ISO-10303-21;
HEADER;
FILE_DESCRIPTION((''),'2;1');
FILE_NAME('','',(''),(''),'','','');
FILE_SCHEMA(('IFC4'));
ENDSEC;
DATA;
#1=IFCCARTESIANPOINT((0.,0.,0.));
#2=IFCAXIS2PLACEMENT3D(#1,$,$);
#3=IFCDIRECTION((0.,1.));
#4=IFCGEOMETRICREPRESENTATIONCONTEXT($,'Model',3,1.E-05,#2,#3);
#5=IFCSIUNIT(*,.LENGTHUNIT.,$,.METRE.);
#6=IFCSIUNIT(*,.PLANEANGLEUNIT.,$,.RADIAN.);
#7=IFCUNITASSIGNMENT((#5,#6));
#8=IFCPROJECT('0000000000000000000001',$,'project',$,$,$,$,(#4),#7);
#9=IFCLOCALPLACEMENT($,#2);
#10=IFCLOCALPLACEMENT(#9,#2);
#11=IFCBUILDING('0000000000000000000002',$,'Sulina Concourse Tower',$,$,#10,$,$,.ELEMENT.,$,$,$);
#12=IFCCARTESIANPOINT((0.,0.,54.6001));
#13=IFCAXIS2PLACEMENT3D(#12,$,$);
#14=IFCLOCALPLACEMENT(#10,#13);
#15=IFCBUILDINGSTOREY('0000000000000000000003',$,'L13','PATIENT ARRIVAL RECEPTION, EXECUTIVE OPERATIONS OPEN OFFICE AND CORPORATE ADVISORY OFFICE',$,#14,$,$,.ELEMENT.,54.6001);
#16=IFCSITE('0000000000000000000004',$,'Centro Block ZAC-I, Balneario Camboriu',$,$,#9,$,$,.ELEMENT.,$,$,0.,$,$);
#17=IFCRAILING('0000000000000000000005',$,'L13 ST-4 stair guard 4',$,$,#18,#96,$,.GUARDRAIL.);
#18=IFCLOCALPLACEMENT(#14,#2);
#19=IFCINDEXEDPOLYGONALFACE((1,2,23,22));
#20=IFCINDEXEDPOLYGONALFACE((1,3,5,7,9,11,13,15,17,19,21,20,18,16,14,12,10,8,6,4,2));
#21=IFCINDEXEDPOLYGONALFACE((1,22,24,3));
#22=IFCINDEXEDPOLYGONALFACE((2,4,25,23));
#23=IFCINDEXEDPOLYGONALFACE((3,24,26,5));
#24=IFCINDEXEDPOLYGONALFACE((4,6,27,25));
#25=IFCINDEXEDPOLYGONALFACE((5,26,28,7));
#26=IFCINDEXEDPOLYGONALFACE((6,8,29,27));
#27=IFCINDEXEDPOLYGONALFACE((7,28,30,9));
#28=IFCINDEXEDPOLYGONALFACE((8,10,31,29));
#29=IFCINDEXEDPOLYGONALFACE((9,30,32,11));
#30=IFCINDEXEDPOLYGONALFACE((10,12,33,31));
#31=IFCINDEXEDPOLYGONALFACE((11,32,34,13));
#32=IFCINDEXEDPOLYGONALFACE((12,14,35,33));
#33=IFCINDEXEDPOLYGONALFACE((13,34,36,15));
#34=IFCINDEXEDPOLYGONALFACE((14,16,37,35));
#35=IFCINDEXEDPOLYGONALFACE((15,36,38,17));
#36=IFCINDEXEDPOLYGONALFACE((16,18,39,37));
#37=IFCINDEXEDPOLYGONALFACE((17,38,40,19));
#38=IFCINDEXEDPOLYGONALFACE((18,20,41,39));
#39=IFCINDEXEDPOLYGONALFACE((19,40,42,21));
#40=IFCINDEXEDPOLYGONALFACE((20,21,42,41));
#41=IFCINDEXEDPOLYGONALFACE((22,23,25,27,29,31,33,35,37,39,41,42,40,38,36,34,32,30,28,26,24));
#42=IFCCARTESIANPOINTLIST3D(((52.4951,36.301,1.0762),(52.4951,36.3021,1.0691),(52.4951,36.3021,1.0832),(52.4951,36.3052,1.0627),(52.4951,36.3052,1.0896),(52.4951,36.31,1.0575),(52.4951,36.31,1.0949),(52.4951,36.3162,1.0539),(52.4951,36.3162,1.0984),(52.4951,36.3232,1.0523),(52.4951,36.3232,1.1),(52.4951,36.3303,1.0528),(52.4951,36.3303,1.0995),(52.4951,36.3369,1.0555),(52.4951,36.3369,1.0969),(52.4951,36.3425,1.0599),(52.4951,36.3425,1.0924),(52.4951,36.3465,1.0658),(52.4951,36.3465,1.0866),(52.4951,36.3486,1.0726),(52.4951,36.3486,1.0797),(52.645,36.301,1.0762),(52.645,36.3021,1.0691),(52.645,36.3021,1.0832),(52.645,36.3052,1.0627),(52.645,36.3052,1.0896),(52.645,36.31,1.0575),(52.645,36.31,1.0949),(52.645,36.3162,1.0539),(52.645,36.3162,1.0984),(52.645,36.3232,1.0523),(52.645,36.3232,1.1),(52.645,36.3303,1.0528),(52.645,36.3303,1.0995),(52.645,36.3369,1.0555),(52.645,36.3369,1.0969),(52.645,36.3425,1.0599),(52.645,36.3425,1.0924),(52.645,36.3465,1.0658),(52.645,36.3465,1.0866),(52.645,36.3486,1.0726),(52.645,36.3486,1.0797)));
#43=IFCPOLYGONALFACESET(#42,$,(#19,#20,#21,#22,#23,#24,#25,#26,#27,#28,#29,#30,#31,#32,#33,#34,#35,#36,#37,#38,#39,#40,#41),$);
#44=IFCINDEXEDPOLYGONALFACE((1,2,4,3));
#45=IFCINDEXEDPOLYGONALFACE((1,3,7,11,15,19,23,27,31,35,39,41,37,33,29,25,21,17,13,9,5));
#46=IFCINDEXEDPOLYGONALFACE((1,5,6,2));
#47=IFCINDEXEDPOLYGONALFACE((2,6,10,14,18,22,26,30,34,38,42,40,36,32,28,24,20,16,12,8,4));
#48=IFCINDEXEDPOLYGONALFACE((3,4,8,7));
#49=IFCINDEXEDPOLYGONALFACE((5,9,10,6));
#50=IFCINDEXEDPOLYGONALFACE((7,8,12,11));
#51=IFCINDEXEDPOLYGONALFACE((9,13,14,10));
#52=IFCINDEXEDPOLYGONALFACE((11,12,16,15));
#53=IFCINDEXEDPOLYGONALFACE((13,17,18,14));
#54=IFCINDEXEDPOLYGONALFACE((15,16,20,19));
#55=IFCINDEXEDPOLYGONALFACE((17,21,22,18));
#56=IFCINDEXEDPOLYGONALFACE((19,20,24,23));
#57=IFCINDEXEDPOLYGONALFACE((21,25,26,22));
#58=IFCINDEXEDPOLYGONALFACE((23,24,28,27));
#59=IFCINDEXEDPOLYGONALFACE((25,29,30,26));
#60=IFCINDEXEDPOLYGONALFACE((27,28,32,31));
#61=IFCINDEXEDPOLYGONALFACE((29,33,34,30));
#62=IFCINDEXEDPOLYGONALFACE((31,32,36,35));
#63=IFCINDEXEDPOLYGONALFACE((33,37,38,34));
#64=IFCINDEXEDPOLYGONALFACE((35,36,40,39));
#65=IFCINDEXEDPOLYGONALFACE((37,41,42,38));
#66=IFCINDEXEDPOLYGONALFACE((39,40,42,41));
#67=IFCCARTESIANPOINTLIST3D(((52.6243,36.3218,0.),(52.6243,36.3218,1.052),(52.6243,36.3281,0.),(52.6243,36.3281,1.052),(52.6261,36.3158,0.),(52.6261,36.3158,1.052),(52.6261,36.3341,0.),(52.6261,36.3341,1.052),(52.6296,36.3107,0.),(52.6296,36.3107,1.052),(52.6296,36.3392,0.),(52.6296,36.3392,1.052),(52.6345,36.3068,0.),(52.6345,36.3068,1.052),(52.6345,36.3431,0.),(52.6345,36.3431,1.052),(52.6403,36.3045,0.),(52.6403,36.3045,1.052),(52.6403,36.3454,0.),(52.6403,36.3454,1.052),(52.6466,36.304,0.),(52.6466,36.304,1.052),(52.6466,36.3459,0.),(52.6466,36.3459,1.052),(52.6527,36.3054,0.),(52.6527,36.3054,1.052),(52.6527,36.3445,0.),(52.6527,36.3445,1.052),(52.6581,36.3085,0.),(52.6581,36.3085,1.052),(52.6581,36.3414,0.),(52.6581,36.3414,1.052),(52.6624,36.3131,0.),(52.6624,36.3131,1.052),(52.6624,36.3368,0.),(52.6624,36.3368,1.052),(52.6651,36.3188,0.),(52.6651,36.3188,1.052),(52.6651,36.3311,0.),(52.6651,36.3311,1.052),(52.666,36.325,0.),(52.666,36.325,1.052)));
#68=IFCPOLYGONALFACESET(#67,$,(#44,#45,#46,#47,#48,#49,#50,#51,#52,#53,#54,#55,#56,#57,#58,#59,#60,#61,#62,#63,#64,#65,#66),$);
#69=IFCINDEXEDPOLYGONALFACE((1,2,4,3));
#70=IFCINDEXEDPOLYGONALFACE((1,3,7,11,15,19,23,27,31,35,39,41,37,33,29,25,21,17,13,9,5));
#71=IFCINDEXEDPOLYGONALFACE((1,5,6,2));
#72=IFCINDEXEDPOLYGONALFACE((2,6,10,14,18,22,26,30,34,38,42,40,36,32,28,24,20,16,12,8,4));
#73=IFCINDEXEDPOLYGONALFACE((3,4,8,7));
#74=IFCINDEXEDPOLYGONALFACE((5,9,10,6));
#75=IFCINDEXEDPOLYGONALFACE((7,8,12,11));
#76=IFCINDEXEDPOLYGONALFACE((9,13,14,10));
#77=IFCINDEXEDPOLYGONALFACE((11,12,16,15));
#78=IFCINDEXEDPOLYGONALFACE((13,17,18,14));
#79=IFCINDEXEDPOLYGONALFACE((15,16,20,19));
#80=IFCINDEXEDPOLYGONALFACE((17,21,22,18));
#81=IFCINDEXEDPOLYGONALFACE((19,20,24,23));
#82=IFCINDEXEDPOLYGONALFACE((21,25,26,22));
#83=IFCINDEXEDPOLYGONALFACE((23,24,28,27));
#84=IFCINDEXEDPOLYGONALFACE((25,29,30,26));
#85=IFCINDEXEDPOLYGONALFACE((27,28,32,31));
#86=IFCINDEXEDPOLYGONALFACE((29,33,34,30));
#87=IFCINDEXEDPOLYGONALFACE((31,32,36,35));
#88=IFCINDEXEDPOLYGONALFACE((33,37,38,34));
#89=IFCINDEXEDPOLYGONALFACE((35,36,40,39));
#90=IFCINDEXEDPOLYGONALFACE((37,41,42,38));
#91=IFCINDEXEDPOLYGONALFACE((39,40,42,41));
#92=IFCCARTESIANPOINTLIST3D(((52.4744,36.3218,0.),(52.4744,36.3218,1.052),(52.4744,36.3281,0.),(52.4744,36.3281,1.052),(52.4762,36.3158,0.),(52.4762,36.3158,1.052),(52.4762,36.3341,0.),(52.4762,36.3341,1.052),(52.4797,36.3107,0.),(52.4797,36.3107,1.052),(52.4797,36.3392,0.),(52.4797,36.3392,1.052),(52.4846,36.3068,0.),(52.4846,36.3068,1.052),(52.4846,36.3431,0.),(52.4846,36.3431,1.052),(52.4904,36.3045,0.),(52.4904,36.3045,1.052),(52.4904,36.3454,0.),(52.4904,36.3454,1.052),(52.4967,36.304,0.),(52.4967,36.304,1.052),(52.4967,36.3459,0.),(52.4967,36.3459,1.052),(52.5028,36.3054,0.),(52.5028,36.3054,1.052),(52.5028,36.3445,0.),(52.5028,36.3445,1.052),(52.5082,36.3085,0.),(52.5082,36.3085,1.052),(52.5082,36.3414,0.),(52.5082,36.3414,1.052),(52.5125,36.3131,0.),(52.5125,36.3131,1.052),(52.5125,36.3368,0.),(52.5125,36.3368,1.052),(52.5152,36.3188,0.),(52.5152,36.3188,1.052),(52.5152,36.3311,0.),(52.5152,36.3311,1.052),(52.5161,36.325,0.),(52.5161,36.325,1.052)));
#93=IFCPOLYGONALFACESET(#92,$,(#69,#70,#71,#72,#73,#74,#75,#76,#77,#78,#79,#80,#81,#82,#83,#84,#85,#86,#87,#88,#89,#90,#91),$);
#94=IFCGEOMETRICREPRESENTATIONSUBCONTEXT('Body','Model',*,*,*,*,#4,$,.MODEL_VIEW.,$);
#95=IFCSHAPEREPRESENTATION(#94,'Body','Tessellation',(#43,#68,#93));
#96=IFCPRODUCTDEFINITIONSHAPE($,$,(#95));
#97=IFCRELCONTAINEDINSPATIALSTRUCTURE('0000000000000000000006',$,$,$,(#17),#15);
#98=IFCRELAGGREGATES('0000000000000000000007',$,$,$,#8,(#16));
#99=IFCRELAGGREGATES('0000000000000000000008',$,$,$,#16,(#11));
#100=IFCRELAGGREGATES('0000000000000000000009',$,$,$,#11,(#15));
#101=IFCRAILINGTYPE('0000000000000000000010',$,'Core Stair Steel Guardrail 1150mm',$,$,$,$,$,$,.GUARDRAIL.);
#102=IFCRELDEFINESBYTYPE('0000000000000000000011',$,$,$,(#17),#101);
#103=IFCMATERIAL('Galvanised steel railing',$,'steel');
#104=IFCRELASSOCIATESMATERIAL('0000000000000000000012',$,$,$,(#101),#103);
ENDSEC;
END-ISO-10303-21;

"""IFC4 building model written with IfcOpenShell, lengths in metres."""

from ifc_helpers import new_model, si_unit, direction, frame, origin, origin_2d, place, context, subcontext, project, spatial, circle, extrude, material, type_object, element, save


model = new_model("IFC4")

# Units and contexts
model_context = context("Model", 3, precision=1e-05, world=origin(), true_north=direction((0.0, 1.0)))
body_context = subcontext(model_context, "Body", "Model", "MODEL_VIEW")
ifc_project = project(units=[si_unit("LENGTHUNIT", "METRE"), si_unit("PLANEANGLEUNIT", "RADIAN")], contexts=[model_context])

# Site, building, storey
site_placement = place(None, origin())
site = spatial("IfcSite", under=ifc_project, at=site_placement, Name="Centro Block ZAC-I, Balneario Camboriu", CompositionType="ELEMENT", RefElevation=0.0)
building_placement = place(site_placement, origin())
building = spatial("IfcBuilding", under=site, at=building_placement, Name="Sulina Concourse Tower", CompositionType="ELEMENT")
storey_placement = place(building_placement, frame((0.0, 0.0, 54.6001)))
storey = spatial("IfcBuildingStorey", under=building, at=storey_placement, Name="L13", Description="PATIENT ARRIVAL RECEPTION, EXECUTIVE OPERATIONS OPEN OFFICE AND CORPORATE ADVISORY OFFICE", CompositionType="ELEMENT", Elevation=54.6001)

# Railing
ifc_material_1 = material(Name="Galvanised steel railing", Category="steel")
railing_type_1 = type_object("IfcRailingType", Name="Core Stair Steel Guardrail 1150mm", PredefinedType="GUARDRAIL", material=ifc_material_1)
railing_1_placement = place(storey_placement, frame((52.645, 36.325, 0.0)))
element("IfcRailing", 1, at=railing_1_placement, inside=storey, type_object=railing_type_1, Name="L13 ST-4 stair guard 4", PredefinedType="GUARDRAIL", context=body_context, shape_type="SweptSolid", body=[
    extrude(circle(Radius=0.0239, at=origin_2d()), frame((0.0, 0.0, 1.0762), z_axis=(-1.0, 0.0, 0.0), x_axis=(0.0, -1.0, 0.0)), (0.0, 0.0, 1.0), 0.1499),
    extrude(circle(Radius=0.021, at=origin_2d()), origin(), (0.0, 0.0, 1.0), 1.052),
    extrude(circle(Radius=0.021, at=origin_2d()), frame((-0.1499, 0.0, 0.0)), (0.0, 0.0, 1.0), 1.052),
])

save(model, "model.ifc")
